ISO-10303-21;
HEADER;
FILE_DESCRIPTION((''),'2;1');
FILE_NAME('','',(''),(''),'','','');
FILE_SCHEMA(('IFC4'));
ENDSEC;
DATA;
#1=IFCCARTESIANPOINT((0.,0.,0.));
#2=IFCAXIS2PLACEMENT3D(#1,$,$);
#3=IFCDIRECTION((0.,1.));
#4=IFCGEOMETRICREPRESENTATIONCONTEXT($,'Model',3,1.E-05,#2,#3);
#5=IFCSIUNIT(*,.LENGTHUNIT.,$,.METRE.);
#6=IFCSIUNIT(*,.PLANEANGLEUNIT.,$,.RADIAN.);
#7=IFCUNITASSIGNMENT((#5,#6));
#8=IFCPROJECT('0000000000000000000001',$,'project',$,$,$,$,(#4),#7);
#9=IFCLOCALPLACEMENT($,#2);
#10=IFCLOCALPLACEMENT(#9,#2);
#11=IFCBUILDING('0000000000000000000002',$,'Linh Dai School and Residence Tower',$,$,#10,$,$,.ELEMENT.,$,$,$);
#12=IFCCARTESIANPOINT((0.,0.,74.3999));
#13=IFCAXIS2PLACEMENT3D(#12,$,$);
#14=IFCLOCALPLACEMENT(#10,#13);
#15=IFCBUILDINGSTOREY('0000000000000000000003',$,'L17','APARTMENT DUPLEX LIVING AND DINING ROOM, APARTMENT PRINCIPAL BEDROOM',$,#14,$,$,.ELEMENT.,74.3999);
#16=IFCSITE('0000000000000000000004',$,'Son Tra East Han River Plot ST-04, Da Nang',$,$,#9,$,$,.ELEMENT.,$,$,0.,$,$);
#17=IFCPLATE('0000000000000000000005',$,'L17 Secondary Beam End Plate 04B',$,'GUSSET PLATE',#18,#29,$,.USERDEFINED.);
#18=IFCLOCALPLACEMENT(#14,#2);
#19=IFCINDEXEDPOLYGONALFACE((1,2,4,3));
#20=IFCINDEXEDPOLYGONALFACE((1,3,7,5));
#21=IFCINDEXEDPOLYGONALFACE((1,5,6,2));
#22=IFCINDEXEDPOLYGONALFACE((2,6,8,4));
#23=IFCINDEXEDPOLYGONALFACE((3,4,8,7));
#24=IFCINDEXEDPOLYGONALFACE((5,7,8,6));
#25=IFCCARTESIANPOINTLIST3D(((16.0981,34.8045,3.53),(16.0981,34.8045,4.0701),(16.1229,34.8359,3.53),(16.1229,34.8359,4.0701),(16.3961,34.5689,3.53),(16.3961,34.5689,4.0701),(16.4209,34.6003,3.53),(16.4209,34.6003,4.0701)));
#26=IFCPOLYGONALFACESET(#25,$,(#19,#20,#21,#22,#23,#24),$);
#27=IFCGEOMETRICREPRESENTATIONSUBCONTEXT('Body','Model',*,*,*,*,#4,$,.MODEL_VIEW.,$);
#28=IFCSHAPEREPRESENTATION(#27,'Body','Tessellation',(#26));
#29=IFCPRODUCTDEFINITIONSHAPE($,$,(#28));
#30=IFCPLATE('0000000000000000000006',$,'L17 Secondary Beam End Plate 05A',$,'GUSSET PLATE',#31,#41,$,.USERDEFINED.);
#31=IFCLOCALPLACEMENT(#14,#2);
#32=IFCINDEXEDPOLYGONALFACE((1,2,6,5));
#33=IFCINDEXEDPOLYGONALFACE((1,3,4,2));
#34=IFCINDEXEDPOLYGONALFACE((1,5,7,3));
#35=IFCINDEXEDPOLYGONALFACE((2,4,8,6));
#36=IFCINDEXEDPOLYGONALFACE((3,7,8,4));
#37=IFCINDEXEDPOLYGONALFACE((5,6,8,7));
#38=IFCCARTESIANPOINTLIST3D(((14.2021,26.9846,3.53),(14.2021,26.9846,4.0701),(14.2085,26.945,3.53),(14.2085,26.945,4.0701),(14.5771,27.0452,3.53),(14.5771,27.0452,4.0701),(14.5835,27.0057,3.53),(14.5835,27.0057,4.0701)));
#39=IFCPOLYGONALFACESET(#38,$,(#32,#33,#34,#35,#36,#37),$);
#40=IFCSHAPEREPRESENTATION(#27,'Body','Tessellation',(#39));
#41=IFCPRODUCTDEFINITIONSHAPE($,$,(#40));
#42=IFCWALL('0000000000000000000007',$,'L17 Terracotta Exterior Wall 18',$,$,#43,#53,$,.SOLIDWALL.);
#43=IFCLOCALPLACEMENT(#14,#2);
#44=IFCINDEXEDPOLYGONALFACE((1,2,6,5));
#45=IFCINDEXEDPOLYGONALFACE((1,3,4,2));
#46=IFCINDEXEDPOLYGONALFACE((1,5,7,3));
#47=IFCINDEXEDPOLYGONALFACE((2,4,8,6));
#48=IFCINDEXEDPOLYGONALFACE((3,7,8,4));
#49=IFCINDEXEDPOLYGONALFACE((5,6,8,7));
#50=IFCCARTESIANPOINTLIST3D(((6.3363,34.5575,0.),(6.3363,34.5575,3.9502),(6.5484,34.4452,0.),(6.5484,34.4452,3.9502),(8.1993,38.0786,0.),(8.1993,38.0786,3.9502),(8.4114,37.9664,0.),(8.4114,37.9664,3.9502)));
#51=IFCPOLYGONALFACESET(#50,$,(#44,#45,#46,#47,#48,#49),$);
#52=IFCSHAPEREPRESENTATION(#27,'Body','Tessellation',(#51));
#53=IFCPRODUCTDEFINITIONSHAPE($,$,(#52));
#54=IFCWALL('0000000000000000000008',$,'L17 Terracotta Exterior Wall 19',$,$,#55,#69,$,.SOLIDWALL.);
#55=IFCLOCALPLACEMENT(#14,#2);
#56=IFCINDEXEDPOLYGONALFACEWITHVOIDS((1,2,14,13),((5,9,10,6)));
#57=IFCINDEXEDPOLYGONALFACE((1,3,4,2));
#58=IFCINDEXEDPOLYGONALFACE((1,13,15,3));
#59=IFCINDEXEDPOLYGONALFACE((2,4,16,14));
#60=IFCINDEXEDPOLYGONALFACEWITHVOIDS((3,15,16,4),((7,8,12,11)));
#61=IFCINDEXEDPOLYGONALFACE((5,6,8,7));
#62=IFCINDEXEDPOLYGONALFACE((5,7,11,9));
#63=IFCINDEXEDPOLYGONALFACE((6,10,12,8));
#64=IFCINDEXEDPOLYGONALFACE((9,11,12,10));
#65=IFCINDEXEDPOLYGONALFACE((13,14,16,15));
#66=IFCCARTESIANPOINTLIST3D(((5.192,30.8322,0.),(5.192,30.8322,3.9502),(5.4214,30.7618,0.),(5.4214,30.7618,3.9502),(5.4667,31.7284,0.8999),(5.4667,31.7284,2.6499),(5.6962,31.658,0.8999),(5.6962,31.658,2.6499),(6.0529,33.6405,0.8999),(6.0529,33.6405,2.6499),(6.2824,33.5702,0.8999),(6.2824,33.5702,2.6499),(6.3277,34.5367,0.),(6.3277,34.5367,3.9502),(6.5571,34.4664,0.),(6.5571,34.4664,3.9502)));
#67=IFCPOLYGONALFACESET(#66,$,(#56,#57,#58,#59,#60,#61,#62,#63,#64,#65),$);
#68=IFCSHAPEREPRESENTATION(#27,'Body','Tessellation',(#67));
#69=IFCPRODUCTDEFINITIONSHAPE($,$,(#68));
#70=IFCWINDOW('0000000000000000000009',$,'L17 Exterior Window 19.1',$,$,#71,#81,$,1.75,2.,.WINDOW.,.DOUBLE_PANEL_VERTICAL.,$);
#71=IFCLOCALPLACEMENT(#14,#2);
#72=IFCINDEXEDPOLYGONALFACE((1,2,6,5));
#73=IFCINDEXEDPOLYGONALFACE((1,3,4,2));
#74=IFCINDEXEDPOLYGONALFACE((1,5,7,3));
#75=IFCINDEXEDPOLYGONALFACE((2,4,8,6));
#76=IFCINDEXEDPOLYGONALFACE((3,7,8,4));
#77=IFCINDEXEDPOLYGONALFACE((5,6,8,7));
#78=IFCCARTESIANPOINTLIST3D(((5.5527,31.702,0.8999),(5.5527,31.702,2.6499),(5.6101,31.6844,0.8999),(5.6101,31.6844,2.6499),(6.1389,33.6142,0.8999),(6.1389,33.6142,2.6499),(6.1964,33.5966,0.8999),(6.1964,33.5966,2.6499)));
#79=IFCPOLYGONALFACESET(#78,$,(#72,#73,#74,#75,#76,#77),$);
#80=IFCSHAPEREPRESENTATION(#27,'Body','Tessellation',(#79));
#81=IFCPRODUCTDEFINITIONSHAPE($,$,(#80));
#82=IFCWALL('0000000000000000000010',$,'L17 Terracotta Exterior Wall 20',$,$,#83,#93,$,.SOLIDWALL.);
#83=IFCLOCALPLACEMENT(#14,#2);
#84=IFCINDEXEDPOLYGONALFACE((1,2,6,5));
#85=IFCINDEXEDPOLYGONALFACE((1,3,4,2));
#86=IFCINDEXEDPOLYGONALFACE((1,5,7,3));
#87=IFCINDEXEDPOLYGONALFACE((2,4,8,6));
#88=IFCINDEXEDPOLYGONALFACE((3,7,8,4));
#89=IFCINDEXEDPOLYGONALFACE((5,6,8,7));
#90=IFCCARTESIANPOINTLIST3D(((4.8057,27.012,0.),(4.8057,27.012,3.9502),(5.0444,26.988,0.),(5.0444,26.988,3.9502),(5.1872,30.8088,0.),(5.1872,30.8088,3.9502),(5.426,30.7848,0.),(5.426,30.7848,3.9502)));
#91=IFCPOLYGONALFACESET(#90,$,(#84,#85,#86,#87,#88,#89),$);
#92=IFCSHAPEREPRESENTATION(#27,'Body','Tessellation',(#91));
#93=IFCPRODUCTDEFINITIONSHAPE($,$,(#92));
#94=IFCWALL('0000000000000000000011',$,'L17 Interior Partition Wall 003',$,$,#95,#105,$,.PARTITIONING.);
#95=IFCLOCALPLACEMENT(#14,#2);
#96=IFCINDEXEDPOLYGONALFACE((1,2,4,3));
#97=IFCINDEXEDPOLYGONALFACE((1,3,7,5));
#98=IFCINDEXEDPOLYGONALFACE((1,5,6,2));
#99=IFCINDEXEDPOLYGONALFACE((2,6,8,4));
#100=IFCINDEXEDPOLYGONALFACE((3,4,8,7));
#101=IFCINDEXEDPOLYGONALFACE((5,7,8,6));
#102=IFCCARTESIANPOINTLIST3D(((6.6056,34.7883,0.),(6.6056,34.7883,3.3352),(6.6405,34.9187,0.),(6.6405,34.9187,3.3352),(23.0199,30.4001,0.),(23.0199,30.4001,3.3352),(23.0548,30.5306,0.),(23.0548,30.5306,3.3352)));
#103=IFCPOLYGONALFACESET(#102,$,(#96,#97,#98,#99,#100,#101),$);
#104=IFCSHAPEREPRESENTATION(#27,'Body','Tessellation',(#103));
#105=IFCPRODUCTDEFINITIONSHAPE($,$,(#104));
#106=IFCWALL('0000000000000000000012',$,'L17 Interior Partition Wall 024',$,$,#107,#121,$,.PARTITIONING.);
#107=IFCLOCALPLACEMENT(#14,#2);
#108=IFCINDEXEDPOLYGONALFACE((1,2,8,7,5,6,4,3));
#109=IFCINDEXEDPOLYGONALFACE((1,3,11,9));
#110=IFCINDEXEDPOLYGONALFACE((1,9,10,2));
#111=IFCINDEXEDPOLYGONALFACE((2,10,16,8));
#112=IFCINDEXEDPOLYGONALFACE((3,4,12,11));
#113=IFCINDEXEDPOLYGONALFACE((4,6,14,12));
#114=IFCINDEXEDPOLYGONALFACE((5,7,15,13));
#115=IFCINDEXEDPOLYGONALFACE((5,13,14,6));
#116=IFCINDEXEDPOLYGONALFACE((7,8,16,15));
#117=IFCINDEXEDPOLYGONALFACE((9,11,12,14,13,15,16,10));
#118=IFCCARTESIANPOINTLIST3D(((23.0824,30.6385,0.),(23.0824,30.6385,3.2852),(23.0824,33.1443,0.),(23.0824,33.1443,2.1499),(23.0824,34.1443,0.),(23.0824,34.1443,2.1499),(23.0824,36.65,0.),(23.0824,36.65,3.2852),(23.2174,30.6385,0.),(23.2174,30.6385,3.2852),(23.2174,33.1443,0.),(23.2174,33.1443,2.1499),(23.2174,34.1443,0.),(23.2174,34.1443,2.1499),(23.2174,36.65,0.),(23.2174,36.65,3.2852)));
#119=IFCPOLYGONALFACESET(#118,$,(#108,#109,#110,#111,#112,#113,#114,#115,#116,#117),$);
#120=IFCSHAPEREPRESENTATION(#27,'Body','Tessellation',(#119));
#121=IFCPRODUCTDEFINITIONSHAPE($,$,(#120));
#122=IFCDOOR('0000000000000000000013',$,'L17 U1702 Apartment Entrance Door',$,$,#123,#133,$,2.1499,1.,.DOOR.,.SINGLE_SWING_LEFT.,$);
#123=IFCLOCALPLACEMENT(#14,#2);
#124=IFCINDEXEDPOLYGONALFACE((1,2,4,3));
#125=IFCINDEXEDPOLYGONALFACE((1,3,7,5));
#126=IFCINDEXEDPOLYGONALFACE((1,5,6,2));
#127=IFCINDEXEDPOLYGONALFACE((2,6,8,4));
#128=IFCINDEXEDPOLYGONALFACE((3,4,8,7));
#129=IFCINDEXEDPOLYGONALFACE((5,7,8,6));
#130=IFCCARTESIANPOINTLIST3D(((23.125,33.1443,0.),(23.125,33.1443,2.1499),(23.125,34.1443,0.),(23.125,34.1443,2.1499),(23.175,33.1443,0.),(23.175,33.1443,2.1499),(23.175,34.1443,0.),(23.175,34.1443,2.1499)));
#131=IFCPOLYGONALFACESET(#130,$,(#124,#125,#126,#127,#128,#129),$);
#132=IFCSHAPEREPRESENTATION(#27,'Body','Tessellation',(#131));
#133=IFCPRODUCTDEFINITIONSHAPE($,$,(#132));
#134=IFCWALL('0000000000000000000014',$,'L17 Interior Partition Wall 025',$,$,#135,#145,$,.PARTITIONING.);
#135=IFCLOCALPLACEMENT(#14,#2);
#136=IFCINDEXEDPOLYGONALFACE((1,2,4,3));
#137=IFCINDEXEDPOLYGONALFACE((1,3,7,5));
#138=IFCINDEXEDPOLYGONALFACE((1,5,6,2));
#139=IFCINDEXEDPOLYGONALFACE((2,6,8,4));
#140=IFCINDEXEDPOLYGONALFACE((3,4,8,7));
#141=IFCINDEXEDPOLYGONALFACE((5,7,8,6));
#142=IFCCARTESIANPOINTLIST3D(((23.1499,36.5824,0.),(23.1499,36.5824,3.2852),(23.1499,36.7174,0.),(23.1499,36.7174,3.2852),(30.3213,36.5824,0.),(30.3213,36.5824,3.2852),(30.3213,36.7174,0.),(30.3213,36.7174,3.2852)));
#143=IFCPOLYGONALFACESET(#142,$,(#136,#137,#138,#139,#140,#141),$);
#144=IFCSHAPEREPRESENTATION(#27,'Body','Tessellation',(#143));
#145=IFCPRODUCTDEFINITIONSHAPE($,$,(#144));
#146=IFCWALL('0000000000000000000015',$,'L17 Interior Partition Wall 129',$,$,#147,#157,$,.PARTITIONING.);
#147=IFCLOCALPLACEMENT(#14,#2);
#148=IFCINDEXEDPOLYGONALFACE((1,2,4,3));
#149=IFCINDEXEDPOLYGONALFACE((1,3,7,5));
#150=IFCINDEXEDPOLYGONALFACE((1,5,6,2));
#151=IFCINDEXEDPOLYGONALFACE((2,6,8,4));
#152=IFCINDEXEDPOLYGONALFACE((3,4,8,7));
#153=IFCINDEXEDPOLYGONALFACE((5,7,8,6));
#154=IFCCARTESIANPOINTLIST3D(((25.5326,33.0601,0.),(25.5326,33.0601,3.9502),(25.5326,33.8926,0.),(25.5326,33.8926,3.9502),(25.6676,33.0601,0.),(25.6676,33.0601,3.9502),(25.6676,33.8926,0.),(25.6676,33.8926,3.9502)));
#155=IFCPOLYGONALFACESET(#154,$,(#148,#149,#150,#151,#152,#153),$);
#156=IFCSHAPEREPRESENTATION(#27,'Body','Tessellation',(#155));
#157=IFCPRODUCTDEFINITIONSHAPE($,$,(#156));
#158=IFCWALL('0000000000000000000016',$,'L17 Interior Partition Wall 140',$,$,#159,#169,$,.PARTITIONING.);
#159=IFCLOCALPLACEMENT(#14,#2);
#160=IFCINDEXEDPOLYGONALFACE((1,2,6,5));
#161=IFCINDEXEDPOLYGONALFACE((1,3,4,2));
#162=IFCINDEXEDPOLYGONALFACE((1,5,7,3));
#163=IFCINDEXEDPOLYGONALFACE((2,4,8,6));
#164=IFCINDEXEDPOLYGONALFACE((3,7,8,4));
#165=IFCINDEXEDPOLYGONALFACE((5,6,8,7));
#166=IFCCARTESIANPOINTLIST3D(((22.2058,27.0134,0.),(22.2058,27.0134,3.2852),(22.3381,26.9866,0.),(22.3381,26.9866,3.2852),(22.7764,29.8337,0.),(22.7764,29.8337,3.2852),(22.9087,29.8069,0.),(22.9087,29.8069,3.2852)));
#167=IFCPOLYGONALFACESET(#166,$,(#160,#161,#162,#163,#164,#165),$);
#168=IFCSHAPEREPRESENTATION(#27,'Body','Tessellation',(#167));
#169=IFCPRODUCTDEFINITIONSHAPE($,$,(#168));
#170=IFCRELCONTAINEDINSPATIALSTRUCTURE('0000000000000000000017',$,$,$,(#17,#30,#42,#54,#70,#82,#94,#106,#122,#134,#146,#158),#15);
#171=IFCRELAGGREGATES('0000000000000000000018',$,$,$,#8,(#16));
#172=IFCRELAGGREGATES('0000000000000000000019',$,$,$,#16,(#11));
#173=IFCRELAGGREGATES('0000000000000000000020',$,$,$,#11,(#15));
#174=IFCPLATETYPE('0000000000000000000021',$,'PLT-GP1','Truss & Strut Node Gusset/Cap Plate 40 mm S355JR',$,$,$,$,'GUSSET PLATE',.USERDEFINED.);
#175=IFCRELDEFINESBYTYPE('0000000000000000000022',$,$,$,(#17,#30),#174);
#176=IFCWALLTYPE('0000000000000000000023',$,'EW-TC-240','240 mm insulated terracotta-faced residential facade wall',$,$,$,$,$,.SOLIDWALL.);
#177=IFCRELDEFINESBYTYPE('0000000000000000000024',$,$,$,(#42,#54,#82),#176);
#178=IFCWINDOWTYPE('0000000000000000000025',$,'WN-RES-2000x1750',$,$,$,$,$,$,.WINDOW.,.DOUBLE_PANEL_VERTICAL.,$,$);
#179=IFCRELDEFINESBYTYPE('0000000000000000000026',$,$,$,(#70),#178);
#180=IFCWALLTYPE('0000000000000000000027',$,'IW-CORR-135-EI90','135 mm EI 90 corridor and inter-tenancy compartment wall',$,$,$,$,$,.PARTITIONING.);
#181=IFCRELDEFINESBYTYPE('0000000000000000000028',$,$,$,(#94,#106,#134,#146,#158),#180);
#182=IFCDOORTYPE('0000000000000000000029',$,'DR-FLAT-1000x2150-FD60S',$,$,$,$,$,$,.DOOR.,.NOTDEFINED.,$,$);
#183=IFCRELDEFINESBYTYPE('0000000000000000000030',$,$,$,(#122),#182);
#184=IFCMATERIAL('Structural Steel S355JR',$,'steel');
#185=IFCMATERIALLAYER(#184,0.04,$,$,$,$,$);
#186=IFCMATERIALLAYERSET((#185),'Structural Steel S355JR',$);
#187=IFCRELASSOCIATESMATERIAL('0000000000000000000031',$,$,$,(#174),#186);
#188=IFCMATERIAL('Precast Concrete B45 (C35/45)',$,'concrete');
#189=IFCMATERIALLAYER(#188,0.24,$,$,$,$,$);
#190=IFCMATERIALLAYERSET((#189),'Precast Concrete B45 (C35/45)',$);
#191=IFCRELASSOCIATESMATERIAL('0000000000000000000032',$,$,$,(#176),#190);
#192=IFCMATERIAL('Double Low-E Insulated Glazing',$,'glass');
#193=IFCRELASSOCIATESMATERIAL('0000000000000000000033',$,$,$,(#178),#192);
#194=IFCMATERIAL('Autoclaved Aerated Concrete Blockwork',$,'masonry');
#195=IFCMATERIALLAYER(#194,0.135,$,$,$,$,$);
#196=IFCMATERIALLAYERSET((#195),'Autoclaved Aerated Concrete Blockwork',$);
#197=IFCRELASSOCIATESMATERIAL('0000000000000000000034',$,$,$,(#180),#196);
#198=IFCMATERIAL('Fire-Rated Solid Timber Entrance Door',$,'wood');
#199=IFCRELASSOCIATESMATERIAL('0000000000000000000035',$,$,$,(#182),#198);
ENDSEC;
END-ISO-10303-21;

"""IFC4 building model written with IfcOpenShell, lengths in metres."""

from ifc_helpers import new_model, si_unit, direction, frame, frame_2d, origin, origin_2d, place, context, subcontext, project, spatial, rectangle, extrude, source, transform, mapped, material, layer, layer_set, type_object, element, fill, save


model = new_model("IFC4")

# Units and contexts
model_context = context("Model", 3, precision=1e-05, world=origin(), true_north=direction((0.0, 1.0)))
body_context = subcontext(model_context, "Body", "Model", "MODEL_VIEW")
ifc_project = project(units=[si_unit("LENGTHUNIT", "METRE"), si_unit("PLANEANGLEUNIT", "RADIAN")], contexts=[model_context])

# Site, building, storey
site_placement = place(None, origin())
site = spatial("IfcSite", under=ifc_project, at=site_placement, Name="Son Tra East Han River Plot ST-04, Da Nang", CompositionType="ELEMENT", RefElevation=0.0)
building_placement = place(site_placement, origin())
building = spatial("IfcBuilding", under=site, at=building_placement, Name="Linh Dai School and Residence Tower", CompositionType="ELEMENT")
storey_placement = place(building_placement, frame((0.0, 0.0, 74.3999)))
storey = spatial("IfcBuildingStorey", under=building, at=storey_placement, Name="L17", Description="APARTMENT DUPLEX LIVING AND DINING ROOM, APARTMENT PRINCIPAL BEDROOM", CompositionType="ELEMENT", Elevation=74.3999)

# Shared definitions
ifc_material_1 = material(Name="Structural Steel S355JR", Category="steel")

# Plates
ifc_layer_1 = layer(ifc_material_1, 0.04)
ifc_layer_set_1 = layer_set([ifc_layer_1], Name="Structural Steel S355JR")
plate_type = type_object("IfcPlateType", Name="PLT-GP1", Description="Truss & Strut Node Gusset/Cap Plate 40 mm S355JR", ElementType="GUSSET PLATE", PredefinedType="USERDEFINED", material=ifc_layer_set_1)
shared_shape_1 = source(origin(), body_context, "Body", "SweptSolid", [
    extrude(rectangle(XDim=0.04, YDim=0.3799, at=origin_2d()), origin(), (0.0, 0.0, 1.0), 0.54),
])
for number, where, z_axis, x_axis, name in (
    (1, (16.2595, 34.7024, 3.53), (0.0, 0.0, 1.0), (-0.620178, -0.784461, 0.0), "L17 Secondary Beam End Plate 04B"),
    (2, (14.3928, 26.9951, 3.53), (0.0, 0.0, 1.0), (0.159659, -0.987172, 0.0), "L17 Secondary Beam End Plate 05A"),
):
    element("IfcPlate", number, at=place(storey_placement, frame(where, z_axis=z_axis, x_axis=x_axis)), inside=storey, type_object=plate_type, Name=name, ObjectType="GUSSET PLATE", PredefinedType="USERDEFINED", context=body_context, shape_type="MappedRepresentation", body=[
        mapped(shared_shape_1, transform((0.0, 0.0, 0.0), x_axis=(1.0, 0.0, 0.0), y_axis=(0.0, 1.0, 0.0), z_axis=(0.0, 0.0, 1.0), scale=1.0)),
    ])

# Wall
ifc_material_2 = material(Name="Precast Concrete B45 (C35/45)", Category="concrete")
ifc_layer_2 = layer(ifc_material_2, 0.24)
ifc_layer_set_2 = layer_set([ifc_layer_2], Name="Precast Concrete B45 (C35/45)")
wall_type_1 = type_object("IfcWallType", Name="EW-TC-240", Description="240 mm insulated terracotta-faced residential facade wall", PredefinedType="SOLIDWALL", material=ifc_layer_set_2)
wall_1_placement = place(storey_placement, frame((6.4424, 34.5015, 0.0), z_axis=(0.0, 0.0, 1.0), x_axis=(0.467662, 0.883907, 0.0)))
element("IfcWall", 3, at=wall_1_placement, inside=storey, type_object=wall_type_1, Name="L17 Terracotta Exterior Wall 18", PredefinedType="SOLIDWALL", context=body_context, shape_type="SweptSolid", body=[
    extrude(rectangle(XDim=3.9836, YDim=0.24, at=frame_2d((1.9917, 0.0))), origin(), (0.0, 0.0, 1.0), 3.9502),
])

# Wall, opening, window
wall_2_placement = place(storey_placement, frame((5.3066, 30.7969, 0.0), z_axis=(0.0, 0.0, 1.0), x_axis=(0.293112, 0.956078, 0.0)))
wall_2 = element("IfcWall", 4, at=wall_2_placement, inside=storey, type_object=wall_type_1, Name="L17 Terracotta Exterior Wall 19", PredefinedType="SOLIDWALL", context=body_context, shape_type="SweptSolid", body=[
    extrude(rectangle(XDim=3.8748, YDim=0.24, at=frame_2d((1.9375, 0.0))), origin(), (0.0, 0.0, 1.0), 3.9502),
])
opening_1_placement = place(wall_2_placement, frame((0.9375, 0.0, 0.8999)))
opening_1 = element("IfcOpeningElement", 5, at=opening_1_placement, cuts=wall_2, PredefinedType="OPENING", context=body_context, shape_type="SweptSolid", body=[
    extrude(rectangle(XDim=2.0, YDim=1.75, at=origin_2d()), frame((1.0, 0.1299, 0.875), z_axis=(0.0, -1.0, 0.0), x_axis=(1.0, 0.0, 0.0)), (0.0, 0.0, 1.0), 0.26),
])
ifc_material_3 = material(Name="Double Low-E Insulated Glazing", Category="glass")
window_type = type_object("IfcWindowType", Name="WN-RES-2000x1750", PartitioningType="DOUBLE_PANEL_VERTICAL", PredefinedType="WINDOW", material=ifc_material_3)
shared_shape_2 = source(origin(), body_context, "Body", "SweptSolid", [
    extrude(rectangle(XDim=2.0, YDim=1.75, at=origin_2d()), frame((1.0, 0.03, 0.875), z_axis=(0.0, -1.0, 0.0), x_axis=(1.0, 0.0, 0.0)), (0.0, 0.0, 1.0), 0.0601),
])
window_placement = place(opening_1_placement, origin())
window = element("IfcWindow", 6, at=window_placement, inside=storey, type_object=window_type, Name="L17 Exterior Window 19.1", OverallHeight=1.75, OverallWidth=2.0, PartitioningType="DOUBLE_PANEL_VERTICAL", PredefinedType="WINDOW", context=body_context, shape_type="MappedRepresentation", body=[
    mapped(shared_shape_2, transform((0.0, 0.0, 0.0), x_axis=(1.0, 0.0, 0.0), y_axis=(0.0, 1.0, 0.0), z_axis=(0.0, 0.0, 1.0), scale=1.0)),
])
fill(opening_1, window)

# Walls
wall_3_placement = place(storey_placement, frame((4.925, 27.0, 0.0), z_axis=(0.0, 0.0, 1.0), x_axis=(0.099998, 0.994988, 0.0)))
element("IfcWall", 7, at=wall_3_placement, inside=storey, type_object=wall_type_1, Name="L17 Terracotta Exterior Wall 20", PredefinedType="SOLIDWALL", context=body_context, shape_type="SweptSolid", body=[
    extrude(rectangle(XDim=3.8159, YDim=0.24, at=frame_2d((1.908, 0.0))), origin(), (0.0, 0.0, 1.0), 3.9502),
])
ifc_material_4 = material(Name="Autoclaved Aerated Concrete Blockwork", Category="masonry")
ifc_layer_3 = layer(ifc_material_4, 0.135)
ifc_layer_set_3 = layer_set([ifc_layer_3], Name="Autoclaved Aerated Concrete Blockwork")
wall_type_2 = type_object("IfcWallType", Name="IW-CORR-135-EI90", Description="135 mm EI 90 corridor and inter-tenancy compartment wall", PredefinedType="PARTITIONING", material=ifc_layer_set_3)
wall_4_placement = place(storey_placement, frame((6.623, 34.8535, 0.0), z_axis=(0.0, 0.0, 1.0), x_axis=(0.966073, -0.258269, 0.0)))
element("IfcWall", 8, at=wall_4_placement, inside=storey, type_object=wall_type_2, Name="L17 Interior Partition Wall 003", PredefinedType="PARTITIONING", context=body_context, shape_type="SweptSolid", body=[
    extrude(rectangle(XDim=16.9907, YDim=0.135, at=frame_2d((8.4954, 0.0))), origin(), (0.0, 0.0, 1.0), 3.3352),
])

# Wall, opening, door
wall_5_placement = place(storey_placement, frame((23.1499, 30.6384, 0.0), z_axis=(0.0, 0.0, 1.0), x_axis=(0.0, 1.0, 0.0)))
wall_5 = element("IfcWall", 9, at=wall_5_placement, inside=storey, type_object=wall_type_2, Name="L17 Interior Partition Wall 024", PredefinedType="PARTITIONING", context=body_context, shape_type="SweptSolid", body=[
    extrude(rectangle(XDim=6.0115, YDim=0.135, at=frame_2d((3.0059, 0.0))), origin(), (0.0, 0.0, 1.0), 3.2852),
])
opening_2_placement = place(wall_5_placement, frame((2.5059, 0.0, 0.0)))
opening_2 = element("IfcOpeningElement", 10, at=opening_2_placement, cuts=wall_5, PredefinedType="OPENING", context=body_context, shape_type="SweptSolid", body=[
    extrude(rectangle(XDim=1.0, YDim=2.1499, at=origin_2d()), frame((0.5, 0.0776, 1.075), z_axis=(0.0, -1.0, 0.0), x_axis=(1.0, 0.0, 0.0)), (0.0, 0.0, 1.0), 0.155),
])
ifc_material_5 = material(Name="Fire-Rated Solid Timber Entrance Door", Category="wood")
door_type_1 = type_object("IfcDoorType", Name="DR-FLAT-1000x2150-FD60S", OperationType="NOTDEFINED", PredefinedType="DOOR", material=ifc_material_5)
shared_shape_3 = source(origin(), body_context, "Body", "SweptSolid", [
    extrude(rectangle(XDim=1.0, YDim=2.1499, at=origin_2d()), frame((0.5, 0.0249, 1.075), z_axis=(0.0, -1.0, 0.0), x_axis=(1.0, 0.0, 0.0)), (0.0, 0.0, 1.0), 0.05),
])
door_1_placement = place(opening_2_placement, origin())
door_1 = element("IfcDoor", 11, at=door_1_placement, inside=storey, type_object=door_type_1, Name="L17 U1702 Apartment Entrance Door", OperationType="SINGLE_SWING_LEFT", OverallHeight=2.1499, OverallWidth=1.0, PredefinedType="DOOR", context=body_context, shape_type="MappedRepresentation", body=[
    mapped(shared_shape_3, transform((0.0, 0.0, 0.0), x_axis=(1.0, 0.0, 0.0), y_axis=(0.0, 1.0, 0.0), z_axis=(0.0, 0.0, 1.0), scale=1.0)),
])
fill(opening_2, door_1)

# Walls
wall_6_placement = place(storey_placement, frame((23.1499, 36.6499, 0.0), z_axis=(0.0, 0.0, 1.0), x_axis=(1.0, 0.0, 0.0)))
element("IfcWall", 12, at=wall_6_placement, inside=storey, type_object=wall_type_2, Name="L17 Interior Partition Wall 025", PredefinedType="PARTITIONING", context=body_context, shape_type="SweptSolid", body=[
    extrude(rectangle(XDim=7.1714, YDim=0.135, at=frame_2d((3.5857, 0.0))), origin(), (0.0, 0.0, 1.0), 3.2852),
])
wall_7_placement = place(storey_placement, frame((25.6001, 33.8926, 0.0), z_axis=(0.0, 0.0, 1.0), x_axis=(0.0, -1.0, 0.0)))
element("IfcWall", 13, at=wall_7_placement, inside=storey, type_object=wall_type_2, Name="L17 Interior Partition Wall 129", PredefinedType="PARTITIONING", context=body_context, shape_type="SweptSolid", body=[
    extrude(rectangle(XDim=0.8325, YDim=0.135, at=frame_2d((0.4163, 0.0))), origin(), (0.0, 0.0, 1.0), 3.9502),
])
wall_8_placement = place(storey_placement, frame((22.8425, 29.8203, 0.0), z_axis=(0.0, 0.0, 1.0), x_axis=(-0.198286, -0.980144, 0.0)))
element("IfcWall", 14, at=wall_8_placement, inside=storey, type_object=wall_type_2, Name="L17 Interior Partition Wall 140", PredefinedType="PARTITIONING", context=body_context, shape_type="SweptSolid", body=[
    extrude(rectangle(XDim=2.8774, YDim=0.135, at=frame_2d((1.4387, 0.0))), origin(), (0.0, 0.0, 1.0), 3.2852),
])

save(model, "model.ifc")
